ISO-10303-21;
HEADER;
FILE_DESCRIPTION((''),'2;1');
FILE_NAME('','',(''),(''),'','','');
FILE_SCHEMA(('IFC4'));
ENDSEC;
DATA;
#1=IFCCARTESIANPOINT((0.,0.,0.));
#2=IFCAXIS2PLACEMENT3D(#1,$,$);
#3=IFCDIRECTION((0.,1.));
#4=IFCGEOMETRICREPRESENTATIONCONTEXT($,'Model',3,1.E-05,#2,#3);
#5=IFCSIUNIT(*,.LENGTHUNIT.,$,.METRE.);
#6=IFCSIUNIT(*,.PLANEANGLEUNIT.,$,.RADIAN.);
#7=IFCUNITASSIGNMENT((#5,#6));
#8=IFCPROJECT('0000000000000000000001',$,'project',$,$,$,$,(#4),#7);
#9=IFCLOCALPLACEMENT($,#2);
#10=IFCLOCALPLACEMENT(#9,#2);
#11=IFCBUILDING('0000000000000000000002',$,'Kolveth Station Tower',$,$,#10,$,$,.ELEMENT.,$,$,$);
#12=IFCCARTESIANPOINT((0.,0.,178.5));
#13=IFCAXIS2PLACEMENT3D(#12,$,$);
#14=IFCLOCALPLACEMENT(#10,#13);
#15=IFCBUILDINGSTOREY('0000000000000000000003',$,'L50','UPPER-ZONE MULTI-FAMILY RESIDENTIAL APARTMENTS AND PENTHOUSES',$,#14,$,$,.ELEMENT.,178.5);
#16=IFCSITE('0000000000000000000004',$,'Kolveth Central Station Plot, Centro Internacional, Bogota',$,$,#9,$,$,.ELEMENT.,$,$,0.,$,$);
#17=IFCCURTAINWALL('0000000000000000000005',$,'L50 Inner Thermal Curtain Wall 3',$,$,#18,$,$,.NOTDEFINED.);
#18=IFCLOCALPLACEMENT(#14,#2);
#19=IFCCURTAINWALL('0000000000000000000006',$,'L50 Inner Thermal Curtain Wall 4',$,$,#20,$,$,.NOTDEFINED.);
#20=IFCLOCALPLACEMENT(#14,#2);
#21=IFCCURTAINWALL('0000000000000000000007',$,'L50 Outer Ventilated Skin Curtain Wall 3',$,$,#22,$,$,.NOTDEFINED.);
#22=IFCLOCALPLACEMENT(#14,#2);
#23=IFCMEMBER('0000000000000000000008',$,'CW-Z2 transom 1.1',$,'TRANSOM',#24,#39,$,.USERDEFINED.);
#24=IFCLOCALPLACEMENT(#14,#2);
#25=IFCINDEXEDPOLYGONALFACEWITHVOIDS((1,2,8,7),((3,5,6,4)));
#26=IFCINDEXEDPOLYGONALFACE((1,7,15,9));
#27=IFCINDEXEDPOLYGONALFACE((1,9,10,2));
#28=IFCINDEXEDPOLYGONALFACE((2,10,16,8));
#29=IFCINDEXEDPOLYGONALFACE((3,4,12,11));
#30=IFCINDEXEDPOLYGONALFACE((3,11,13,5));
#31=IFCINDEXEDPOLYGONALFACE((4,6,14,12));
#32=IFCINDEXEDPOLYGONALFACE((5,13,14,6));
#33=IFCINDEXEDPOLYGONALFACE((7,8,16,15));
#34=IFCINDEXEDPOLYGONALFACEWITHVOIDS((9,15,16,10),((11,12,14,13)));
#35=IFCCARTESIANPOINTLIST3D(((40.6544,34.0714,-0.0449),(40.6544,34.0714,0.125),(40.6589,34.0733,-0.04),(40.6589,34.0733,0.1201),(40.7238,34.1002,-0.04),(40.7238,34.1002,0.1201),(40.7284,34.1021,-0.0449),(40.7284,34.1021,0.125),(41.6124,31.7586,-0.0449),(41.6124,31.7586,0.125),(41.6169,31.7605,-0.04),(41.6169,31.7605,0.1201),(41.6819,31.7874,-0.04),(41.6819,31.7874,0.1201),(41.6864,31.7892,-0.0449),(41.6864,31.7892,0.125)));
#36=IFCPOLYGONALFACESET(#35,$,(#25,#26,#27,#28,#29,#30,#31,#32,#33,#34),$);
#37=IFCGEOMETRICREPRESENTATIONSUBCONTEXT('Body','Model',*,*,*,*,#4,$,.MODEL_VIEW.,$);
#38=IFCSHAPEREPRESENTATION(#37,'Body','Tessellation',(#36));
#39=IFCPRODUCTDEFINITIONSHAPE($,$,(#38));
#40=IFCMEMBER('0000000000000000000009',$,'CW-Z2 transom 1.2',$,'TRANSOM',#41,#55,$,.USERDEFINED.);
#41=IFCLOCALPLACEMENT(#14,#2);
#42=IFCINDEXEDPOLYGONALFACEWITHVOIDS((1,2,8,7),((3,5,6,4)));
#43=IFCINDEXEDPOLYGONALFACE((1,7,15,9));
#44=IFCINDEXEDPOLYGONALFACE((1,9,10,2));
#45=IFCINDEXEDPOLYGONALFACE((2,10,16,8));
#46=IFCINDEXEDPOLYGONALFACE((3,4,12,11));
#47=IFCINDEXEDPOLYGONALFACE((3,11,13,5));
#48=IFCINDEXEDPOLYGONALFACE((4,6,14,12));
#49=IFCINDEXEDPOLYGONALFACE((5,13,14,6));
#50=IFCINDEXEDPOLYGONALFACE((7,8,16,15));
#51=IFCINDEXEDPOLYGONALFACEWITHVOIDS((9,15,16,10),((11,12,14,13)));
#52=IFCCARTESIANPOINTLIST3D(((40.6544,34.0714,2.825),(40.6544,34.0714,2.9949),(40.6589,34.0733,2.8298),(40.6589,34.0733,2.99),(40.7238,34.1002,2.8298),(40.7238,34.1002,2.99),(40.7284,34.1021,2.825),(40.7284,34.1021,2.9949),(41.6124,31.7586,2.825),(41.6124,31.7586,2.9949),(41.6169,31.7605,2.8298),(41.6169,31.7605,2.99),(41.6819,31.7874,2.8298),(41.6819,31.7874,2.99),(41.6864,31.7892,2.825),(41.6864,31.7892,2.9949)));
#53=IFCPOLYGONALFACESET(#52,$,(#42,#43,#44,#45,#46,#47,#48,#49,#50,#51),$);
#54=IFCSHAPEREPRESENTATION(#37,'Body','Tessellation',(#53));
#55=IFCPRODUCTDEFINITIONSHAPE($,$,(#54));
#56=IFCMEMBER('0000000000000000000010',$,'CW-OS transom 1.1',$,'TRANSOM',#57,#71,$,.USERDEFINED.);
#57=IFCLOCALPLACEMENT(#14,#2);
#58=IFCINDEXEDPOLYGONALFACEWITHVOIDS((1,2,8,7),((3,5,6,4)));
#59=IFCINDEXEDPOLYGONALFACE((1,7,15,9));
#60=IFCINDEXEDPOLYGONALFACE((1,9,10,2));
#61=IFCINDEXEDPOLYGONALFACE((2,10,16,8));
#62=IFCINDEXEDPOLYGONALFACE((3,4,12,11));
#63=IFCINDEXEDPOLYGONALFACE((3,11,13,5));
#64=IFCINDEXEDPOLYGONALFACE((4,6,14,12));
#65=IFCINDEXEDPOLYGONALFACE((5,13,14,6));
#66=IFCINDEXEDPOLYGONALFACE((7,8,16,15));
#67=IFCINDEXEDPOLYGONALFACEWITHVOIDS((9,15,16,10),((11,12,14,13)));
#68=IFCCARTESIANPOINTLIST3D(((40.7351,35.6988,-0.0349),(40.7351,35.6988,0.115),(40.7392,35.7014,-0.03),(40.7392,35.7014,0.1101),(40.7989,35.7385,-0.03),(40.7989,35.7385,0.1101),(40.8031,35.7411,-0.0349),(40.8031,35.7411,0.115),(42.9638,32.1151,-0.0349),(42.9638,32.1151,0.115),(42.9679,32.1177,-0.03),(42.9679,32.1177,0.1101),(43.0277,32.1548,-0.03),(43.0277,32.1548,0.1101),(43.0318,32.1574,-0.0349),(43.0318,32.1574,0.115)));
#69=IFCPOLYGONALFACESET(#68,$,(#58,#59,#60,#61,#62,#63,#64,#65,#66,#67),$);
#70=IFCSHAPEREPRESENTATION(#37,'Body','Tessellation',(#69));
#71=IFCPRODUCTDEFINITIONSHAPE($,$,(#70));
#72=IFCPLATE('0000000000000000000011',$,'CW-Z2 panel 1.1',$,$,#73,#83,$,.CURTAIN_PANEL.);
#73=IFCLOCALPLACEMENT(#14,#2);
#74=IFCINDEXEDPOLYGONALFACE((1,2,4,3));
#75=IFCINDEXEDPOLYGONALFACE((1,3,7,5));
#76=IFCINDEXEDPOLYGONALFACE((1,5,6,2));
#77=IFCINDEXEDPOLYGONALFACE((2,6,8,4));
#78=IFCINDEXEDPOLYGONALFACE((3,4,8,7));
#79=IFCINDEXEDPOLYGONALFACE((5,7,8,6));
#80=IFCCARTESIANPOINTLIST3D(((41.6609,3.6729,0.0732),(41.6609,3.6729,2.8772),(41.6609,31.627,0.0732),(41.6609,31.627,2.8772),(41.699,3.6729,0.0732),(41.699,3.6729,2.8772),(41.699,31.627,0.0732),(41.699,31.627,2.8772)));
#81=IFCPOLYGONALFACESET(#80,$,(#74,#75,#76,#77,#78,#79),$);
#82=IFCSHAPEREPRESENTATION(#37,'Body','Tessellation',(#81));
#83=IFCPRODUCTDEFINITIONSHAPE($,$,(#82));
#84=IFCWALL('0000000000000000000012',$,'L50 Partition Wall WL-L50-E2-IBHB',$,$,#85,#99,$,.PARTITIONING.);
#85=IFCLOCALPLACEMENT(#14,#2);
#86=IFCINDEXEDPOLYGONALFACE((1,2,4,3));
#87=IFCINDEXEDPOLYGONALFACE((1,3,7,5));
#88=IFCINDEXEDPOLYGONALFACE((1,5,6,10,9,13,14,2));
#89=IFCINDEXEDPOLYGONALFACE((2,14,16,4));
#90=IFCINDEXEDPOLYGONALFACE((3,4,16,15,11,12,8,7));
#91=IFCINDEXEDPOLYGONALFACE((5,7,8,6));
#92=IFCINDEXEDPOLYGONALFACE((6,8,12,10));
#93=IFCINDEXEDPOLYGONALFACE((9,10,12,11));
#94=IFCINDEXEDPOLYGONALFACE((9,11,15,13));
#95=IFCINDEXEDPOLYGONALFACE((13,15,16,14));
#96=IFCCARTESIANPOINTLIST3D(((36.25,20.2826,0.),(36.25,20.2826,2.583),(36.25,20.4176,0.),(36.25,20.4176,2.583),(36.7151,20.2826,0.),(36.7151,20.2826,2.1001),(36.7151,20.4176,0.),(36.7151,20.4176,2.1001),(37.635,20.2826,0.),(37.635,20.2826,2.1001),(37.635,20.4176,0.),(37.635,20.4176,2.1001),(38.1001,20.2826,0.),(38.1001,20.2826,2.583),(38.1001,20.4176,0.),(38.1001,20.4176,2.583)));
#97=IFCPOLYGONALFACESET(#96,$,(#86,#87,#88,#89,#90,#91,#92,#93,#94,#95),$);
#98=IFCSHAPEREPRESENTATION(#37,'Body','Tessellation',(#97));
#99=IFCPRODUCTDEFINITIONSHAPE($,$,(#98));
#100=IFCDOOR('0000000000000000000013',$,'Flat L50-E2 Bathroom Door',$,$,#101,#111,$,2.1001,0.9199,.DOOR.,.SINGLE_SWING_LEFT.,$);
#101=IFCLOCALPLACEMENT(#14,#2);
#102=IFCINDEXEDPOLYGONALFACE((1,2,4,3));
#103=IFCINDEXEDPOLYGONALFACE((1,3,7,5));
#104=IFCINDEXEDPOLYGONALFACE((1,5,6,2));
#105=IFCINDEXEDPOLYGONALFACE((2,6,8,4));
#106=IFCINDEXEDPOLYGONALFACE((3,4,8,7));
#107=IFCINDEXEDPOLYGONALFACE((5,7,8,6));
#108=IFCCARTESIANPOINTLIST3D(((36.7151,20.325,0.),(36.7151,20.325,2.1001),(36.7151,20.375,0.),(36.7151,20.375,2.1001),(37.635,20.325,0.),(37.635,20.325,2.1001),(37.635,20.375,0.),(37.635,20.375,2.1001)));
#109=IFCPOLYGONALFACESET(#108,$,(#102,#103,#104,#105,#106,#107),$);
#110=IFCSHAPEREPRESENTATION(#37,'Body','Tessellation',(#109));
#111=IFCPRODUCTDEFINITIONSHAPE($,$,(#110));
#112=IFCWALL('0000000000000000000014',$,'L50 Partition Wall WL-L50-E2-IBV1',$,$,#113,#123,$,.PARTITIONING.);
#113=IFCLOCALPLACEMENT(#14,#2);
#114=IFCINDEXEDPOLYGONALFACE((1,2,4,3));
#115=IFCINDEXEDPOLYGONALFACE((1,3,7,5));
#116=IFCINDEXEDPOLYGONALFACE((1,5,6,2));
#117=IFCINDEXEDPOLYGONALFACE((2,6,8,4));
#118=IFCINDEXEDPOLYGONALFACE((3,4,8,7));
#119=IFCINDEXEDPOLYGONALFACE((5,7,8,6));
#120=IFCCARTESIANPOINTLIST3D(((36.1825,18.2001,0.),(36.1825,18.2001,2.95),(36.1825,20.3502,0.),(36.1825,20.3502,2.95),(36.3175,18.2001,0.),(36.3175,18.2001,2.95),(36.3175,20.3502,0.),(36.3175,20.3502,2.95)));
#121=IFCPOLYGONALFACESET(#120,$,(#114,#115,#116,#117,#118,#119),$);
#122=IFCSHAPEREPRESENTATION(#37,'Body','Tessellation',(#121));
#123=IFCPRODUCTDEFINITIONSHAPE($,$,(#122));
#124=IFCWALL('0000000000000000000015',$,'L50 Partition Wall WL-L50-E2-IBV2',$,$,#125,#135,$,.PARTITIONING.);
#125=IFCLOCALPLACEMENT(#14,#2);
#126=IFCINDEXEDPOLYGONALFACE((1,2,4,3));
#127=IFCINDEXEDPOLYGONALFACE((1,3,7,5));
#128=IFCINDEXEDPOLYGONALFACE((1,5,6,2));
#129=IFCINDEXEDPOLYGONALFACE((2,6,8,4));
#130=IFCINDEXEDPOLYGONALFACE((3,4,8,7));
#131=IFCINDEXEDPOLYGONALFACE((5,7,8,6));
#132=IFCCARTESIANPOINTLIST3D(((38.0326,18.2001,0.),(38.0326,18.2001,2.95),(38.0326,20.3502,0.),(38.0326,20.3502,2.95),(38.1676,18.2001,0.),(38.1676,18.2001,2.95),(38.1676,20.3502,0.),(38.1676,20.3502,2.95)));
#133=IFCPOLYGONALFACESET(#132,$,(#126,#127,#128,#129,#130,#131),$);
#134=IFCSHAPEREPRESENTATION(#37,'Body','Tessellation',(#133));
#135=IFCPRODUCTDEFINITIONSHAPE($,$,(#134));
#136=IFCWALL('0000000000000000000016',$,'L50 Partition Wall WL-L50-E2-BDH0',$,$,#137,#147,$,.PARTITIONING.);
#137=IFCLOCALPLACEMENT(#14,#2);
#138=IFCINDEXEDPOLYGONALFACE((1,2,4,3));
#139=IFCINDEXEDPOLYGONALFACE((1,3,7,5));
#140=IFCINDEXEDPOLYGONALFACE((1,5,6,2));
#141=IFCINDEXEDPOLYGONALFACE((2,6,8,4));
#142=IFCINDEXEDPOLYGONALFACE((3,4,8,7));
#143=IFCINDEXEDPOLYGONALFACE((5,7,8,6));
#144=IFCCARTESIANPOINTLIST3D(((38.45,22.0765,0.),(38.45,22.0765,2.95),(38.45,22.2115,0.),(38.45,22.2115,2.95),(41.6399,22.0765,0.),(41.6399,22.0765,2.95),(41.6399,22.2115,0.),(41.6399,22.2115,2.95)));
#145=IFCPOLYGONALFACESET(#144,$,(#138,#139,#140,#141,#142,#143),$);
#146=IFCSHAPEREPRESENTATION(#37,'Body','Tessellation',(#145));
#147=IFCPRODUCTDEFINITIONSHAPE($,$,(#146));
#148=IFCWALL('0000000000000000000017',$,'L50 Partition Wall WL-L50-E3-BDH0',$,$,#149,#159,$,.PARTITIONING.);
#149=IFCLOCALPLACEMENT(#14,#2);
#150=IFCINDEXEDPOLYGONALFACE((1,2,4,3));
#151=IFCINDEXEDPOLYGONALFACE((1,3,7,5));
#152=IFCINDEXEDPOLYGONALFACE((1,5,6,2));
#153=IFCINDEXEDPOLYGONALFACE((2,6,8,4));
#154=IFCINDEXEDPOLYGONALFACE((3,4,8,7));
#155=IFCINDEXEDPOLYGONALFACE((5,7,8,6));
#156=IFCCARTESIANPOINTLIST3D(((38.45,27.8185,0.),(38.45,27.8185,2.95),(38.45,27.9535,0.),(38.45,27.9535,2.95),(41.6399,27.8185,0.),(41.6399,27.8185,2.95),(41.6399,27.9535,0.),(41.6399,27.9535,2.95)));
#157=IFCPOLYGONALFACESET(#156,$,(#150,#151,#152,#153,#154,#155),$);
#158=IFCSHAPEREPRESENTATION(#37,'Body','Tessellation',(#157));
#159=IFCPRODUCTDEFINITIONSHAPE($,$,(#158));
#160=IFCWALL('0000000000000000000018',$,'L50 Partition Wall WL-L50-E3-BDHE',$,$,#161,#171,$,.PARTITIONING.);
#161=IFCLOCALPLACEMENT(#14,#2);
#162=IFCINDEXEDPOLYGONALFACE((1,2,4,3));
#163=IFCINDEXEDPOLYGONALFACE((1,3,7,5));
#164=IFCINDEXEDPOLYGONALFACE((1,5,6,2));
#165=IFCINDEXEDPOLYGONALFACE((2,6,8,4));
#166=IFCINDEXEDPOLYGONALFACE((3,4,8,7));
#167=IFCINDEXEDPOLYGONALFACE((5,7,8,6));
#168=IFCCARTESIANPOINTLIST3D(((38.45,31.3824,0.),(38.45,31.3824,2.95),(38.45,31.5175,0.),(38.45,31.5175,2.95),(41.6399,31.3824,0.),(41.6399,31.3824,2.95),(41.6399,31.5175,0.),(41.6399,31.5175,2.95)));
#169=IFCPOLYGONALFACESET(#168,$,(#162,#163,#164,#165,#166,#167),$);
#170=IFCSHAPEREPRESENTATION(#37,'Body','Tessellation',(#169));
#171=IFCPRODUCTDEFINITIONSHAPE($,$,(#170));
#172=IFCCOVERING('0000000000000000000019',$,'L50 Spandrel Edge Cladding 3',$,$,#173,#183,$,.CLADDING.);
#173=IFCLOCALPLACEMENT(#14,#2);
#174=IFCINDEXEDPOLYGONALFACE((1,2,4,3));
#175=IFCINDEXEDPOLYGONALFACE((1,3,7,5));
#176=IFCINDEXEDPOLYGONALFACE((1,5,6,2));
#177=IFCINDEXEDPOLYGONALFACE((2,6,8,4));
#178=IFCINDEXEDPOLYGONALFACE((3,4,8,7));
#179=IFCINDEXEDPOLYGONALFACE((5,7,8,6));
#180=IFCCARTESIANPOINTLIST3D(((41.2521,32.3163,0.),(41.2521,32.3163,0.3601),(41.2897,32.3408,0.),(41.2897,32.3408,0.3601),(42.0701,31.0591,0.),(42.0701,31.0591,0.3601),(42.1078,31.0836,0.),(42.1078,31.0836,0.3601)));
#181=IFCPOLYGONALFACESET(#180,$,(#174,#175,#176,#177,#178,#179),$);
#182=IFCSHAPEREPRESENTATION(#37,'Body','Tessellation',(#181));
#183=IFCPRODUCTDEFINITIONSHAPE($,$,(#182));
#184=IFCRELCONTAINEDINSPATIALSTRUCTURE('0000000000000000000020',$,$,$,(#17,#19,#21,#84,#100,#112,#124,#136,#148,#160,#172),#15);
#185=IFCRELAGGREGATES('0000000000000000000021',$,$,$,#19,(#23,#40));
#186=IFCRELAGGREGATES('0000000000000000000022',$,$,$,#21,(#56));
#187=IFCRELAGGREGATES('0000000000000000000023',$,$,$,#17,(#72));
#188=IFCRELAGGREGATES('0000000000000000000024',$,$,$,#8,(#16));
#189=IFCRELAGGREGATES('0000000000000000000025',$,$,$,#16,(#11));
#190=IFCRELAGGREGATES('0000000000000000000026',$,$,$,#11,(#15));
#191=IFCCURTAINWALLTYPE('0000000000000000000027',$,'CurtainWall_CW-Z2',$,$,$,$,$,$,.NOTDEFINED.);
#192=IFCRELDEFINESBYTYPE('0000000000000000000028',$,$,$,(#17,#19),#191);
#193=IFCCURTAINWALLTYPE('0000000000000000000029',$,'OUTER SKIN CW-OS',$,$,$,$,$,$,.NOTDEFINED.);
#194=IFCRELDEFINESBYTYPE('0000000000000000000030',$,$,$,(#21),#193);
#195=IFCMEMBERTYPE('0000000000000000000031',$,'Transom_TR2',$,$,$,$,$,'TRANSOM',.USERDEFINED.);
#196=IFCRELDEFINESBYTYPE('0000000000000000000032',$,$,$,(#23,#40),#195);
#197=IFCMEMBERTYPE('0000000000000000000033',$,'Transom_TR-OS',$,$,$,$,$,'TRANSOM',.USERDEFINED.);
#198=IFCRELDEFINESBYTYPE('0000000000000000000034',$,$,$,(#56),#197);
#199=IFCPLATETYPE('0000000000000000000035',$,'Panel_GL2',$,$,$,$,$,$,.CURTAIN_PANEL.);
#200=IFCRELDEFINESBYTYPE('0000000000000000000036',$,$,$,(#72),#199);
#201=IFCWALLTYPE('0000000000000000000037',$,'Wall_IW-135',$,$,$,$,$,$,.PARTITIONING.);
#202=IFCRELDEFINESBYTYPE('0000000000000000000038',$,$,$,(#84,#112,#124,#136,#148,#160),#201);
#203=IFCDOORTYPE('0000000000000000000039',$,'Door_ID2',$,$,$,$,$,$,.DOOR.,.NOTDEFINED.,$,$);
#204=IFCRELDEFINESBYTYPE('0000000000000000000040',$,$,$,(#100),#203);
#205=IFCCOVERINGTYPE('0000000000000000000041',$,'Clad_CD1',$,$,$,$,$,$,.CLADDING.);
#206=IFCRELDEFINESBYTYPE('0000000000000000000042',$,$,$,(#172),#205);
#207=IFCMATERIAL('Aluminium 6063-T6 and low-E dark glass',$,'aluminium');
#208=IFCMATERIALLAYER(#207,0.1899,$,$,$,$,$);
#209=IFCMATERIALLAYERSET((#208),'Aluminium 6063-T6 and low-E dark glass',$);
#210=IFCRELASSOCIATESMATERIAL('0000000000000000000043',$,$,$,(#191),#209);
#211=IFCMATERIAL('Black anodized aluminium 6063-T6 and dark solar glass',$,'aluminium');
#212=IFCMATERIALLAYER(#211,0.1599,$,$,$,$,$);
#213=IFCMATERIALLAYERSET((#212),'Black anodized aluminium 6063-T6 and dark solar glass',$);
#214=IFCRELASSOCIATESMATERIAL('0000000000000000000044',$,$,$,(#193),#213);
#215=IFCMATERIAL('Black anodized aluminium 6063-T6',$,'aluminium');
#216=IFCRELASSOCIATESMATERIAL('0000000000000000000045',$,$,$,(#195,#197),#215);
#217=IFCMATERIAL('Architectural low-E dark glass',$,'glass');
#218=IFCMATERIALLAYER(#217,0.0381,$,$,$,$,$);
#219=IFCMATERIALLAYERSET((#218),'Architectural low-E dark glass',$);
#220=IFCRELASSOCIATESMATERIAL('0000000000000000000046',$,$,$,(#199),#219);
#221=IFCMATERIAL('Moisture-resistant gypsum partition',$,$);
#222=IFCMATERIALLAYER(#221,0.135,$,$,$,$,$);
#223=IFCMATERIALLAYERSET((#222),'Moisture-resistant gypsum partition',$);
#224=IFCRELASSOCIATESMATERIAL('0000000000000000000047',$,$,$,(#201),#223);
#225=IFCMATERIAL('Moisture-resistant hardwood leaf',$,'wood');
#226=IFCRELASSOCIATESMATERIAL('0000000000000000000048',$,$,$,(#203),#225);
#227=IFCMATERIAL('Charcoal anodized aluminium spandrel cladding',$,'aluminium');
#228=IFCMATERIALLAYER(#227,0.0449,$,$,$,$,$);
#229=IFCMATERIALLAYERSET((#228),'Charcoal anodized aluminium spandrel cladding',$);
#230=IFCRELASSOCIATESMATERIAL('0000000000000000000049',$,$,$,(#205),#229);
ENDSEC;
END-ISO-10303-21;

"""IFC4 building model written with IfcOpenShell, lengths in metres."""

from ifc_helpers import new_model, si_unit, direction, frame, frame_2d, origin, origin_2d, place, context, subcontext, project, spatial, rectangle, hollow_rectangle, extrude, source, transform, mapped, material, layer, layer_set, material_profile, profile_set, type_object, element, fill, aggregate, save


model = new_model("IFC4")

# Units and contexts
model_context = context("Model", 3, precision=1e-05, world=origin(), true_north=direction((0.0, 1.0)))
body_context = subcontext(model_context, "Body", "Model", "MODEL_VIEW")
ifc_project = project(units=[si_unit("LENGTHUNIT", "METRE"), si_unit("PLANEANGLEUNIT", "RADIAN")], contexts=[model_context])

# Site, building, storey
site_placement = place(None, origin())
site = spatial("IfcSite", under=ifc_project, at=site_placement, Name="Kolveth Central Station Plot, Centro Internacional, Bogota", CompositionType="ELEMENT", RefElevation=0.0)
building_placement = place(site_placement, origin())
building = spatial("IfcBuilding", under=site, at=building_placement, Name="Kolveth Station Tower", CompositionType="ELEMENT")
storey_placement = place(building_placement, frame((0.0, 0.0, 178.5)))
storey = spatial("IfcBuildingStorey", under=building, at=storey_placement, Name="L50", Description="UPPER-ZONE MULTI-FAMILY RESIDENTIAL APARTMENTS AND PENTHOUSES", CompositionType="ELEMENT", Elevation=178.5)

# Curtain walls
ifc_material_1 = material(Name="Aluminium 6063-T6 and low-E dark glass", Category="aluminium")
ifc_layer_1 = layer(ifc_material_1, 0.1899)
ifc_layer_set_1 = layer_set([ifc_layer_1], Name="Aluminium 6063-T6 and low-E dark glass")
curtain_wall_type_1 = type_object("IfcCurtainWallType", Name="CurtainWall_CW-Z2", PredefinedType="NOTDEFINED", material=ifc_layer_set_1)
curtain_wall_1_placement = place(storey_placement, origin())
curtain_wall_1 = element("IfcCurtainWall", 1, at=curtain_wall_1_placement, inside=storey, type_object=curtain_wall_type_1, Name="L50 Inner Thermal Curtain Wall 3", PredefinedType="NOTDEFINED")
ifc_material_2 = material(Name="Black anodized aluminium 6063-T6", Category="aluminium")
curtain_wall_2_placement = place(storey_placement, origin())
curtain_wall_2 = element("IfcCurtainWall", 2, at=curtain_wall_2_placement, inside=storey, type_object=curtain_wall_type_1, Name="L50 Inner Thermal Curtain Wall 4", PredefinedType="NOTDEFINED")
ifc_material_3 = material(Name="Black anodized aluminium 6063-T6 and dark solar glass", Category="aluminium")
ifc_layer_2 = layer(ifc_material_3, 0.1599)
ifc_layer_set_2 = layer_set([ifc_layer_2], Name="Black anodized aluminium 6063-T6 and dark solar glass")
curtain_wall_type_2 = type_object("IfcCurtainWallType", Name="OUTER SKIN CW-OS", PredefinedType="NOTDEFINED", material=ifc_layer_set_2)
curtain_wall_3_placement = place(storey_placement, origin())
curtain_wall_3 = element("IfcCurtainWall", 3, at=curtain_wall_3_placement, inside=storey, type_object=curtain_wall_type_2, Name="L50 Outer Ventilated Skin Curtain Wall 3", PredefinedType="NOTDEFINED")

# Members
ifc_material_profile_1 = material_profile(ifc_material_2, hollow_rectangle(XDim=0.0801, YDim=0.1699, WallThickness=0.0049, at=origin_2d()), Name="ALU-80x170x5")
ifc_profile_set_1 = profile_set([ifc_material_profile_1], Name="Black anodized aluminium 6063-T6")
member_type_1 = type_object("IfcMemberType", Name="Transom_TR2", ElementType="TRANSOM", PredefinedType="USERDEFINED", material=ifc_profile_set_1)
shared_shape_1 = source(origin(), body_context, "Body", "SweptSolid", [
    extrude(hollow_rectangle(XDim=0.0801, YDim=0.1699, WallThickness=0.0049, at=origin_2d()), origin(), (0.0, 0.0, 1.0), 2.5034),
])
member_1_placement = place(storey_placement, frame((41.6494, 31.7739, 0.04), z_axis=(-0.382696, 0.923874, 0.0), x_axis=(-0.923874, -0.382696, 0.0)))
member_1 = element("IfcMember", 4, at=member_1_placement, type_object=member_type_1, Name="CW-Z2 transom 1.1", ObjectType="TRANSOM", PredefinedType="USERDEFINED", context=body_context, shape_type="MappedRepresentation", body=[
    mapped(shared_shape_1, transform((0.0, 0.0, 0.0), x_axis=(1.0, 0.0, 0.0), y_axis=(0.0, 1.0, 0.0), z_axis=(0.0, 0.0, 1.0), scale=1.0)),
])
member_2_placement = place(storey_placement, frame((41.6494, 31.7739, 2.9099), z_axis=(-0.382696, 0.923874, 0.0), x_axis=(-0.923874, -0.382696, 0.0)))
member_2 = element("IfcMember", 5, at=member_2_placement, type_object=member_type_1, Name="CW-Z2 transom 1.2", ObjectType="TRANSOM", PredefinedType="USERDEFINED", context=body_context, shape_type="MappedRepresentation", body=[
    mapped(shared_shape_1, transform((0.0, 0.0, 0.0), x_axis=(1.0, 0.0, 0.0), y_axis=(0.0, 1.0, 0.0), z_axis=(0.0, 0.0, 1.0), scale=1.0)),
])
aggregate(curtain_wall_2, [member_1, member_2])
ifc_material_profile_2 = material_profile(ifc_material_2, hollow_rectangle(XDim=0.0801, YDim=0.1499, WallThickness=0.0049, at=origin_2d()), Name="ALU-80x150x5")
ifc_profile_set_2 = profile_set([ifc_material_profile_2], Name="Black anodized aluminium 6063-T6")
member_type_2 = type_object("IfcMemberType", Name="Transom_TR-OS", ElementType="TRANSOM", PredefinedType="USERDEFINED", material=ifc_profile_set_2)
shared_shape_2 = source(origin(), body_context, "Body", "SweptSolid", [
    extrude(hollow_rectangle(XDim=0.0801, YDim=0.1499, WallThickness=0.0049, at=origin_2d()), origin(), (0.0, 0.0, 1.0), 4.2202),
])
member_3_placement = place(storey_placement, frame((42.9978, 32.1362, 0.04), z_axis=(-0.52811, 0.849176, 0.0), x_axis=(-0.849176, -0.52811, 0.0)))
member_3 = element("IfcMember", 6, at=member_3_placement, type_object=member_type_2, Name="CW-OS transom 1.1", ObjectType="TRANSOM", PredefinedType="USERDEFINED", context=body_context, shape_type="MappedRepresentation", body=[
    mapped(shared_shape_2, transform((0.0, 0.0, 0.0), x_axis=(1.0, 0.0, 0.0), y_axis=(0.0, 1.0, 0.0), z_axis=(0.0, 0.0, 1.0), scale=1.0)),
])
aggregate(curtain_wall_3, [member_3])

# Plate
ifc_material_4 = material(Name="Architectural low-E dark glass", Category="glass")
ifc_layer_3 = layer(ifc_material_4, 0.0381)
ifc_layer_set_3 = layer_set([ifc_layer_3], Name="Architectural low-E dark glass")
plate_type = type_object("IfcPlateType", Name="Panel_GL2", PredefinedType="CURTAIN_PANEL", material=ifc_layer_set_3)
shared_shape_3 = source(origin(), body_context, "Body", "SweptSolid", [
    extrude(rectangle(XDim=27.9541, YDim=0.0381, at=origin_2d()), origin(), (0.0, 0.0, 1.0), 2.804),
])
plate_placement = place(storey_placement, frame((41.6799, 17.6499, 0.0732), z_axis=(0.0, 0.0, 1.0), x_axis=(0.0, 1.0, 0.0)))
plate = element("IfcPlate", 7, at=plate_placement, type_object=plate_type, Name="CW-Z2 panel 1.1", PredefinedType="CURTAIN_PANEL", context=body_context, shape_type="MappedRepresentation", body=[
    mapped(shared_shape_3, transform((0.0, 0.0, 0.0), x_axis=(1.0, 0.0, 0.0), y_axis=(0.0, 1.0, 0.0), z_axis=(0.0, 0.0, 1.0), scale=1.0)),
])
aggregate(curtain_wall_1, [plate])

# Wall, opening, door
ifc_material_5 = material(Name="Moisture-resistant gypsum partition")
ifc_layer_4 = layer(ifc_material_5, 0.135)
ifc_layer_set_4 = layer_set([ifc_layer_4], Name="Moisture-resistant gypsum partition")
wall_type = type_object("IfcWallType", Name="Wall_IW-135", PredefinedType="PARTITIONING", material=ifc_layer_set_4)
wall_1_placement = place(storey_placement, frame((36.25, 20.3501, 0.0), z_axis=(0.0, 0.0, 1.0), x_axis=(1.0, 0.0, 0.0)))
wall_1 = element("IfcWall", 8, at=wall_1_placement, inside=storey, type_object=wall_type, Name="L50 Partition Wall WL-L50-E2-IBHB", PredefinedType="PARTITIONING", context=body_context, shape_type="SweptSolid", body=[
    extrude(rectangle(XDim=1.8501, YDim=0.135, at=frame_2d((0.925, 0.0))), origin(), (0.0, 0.0, 1.0), 2.583),
])
opening_1_placement = place(wall_1_placement, frame((0.4651, 0.0, 0.0)))
opening_1 = element("IfcOpeningElement", 9, at=opening_1_placement, cuts=wall_1, PredefinedType="OPENING", context=body_context, shape_type="SweptSolid", body=[
    extrude(rectangle(XDim=0.9199, YDim=2.1001, at=frame_2d((0.46, 1.05))), frame((0.0, 0.0774, 0.0), z_axis=(0.0, -1.0, 0.0), x_axis=(1.0, 0.0, 0.0)), (0.0, 0.0, 1.0), 0.155),
])
ifc_material_6 = material(Name="Moisture-resistant hardwood leaf", Category="wood")
door_type_1 = type_object("IfcDoorType", Name="Door_ID2", OperationType="NOTDEFINED", PredefinedType="DOOR", material=ifc_material_6)
door_1_placement = place(opening_1_placement, origin())
door_1 = element("IfcDoor", 10, at=door_1_placement, inside=storey, type_object=door_type_1, Name="Flat L50-E2 Bathroom Door", OperationType="SINGLE_SWING_LEFT", OverallHeight=2.1001, OverallWidth=0.9199, PredefinedType="DOOR", context=body_context, shape_type="SweptSolid", body=[
    extrude(rectangle(XDim=0.9199, YDim=2.1001, at=frame_2d((0.46, 1.05))), frame((0.0, 0.0249, 0.0), z_axis=(0.0, -1.0, 0.0), x_axis=(1.0, 0.0, 0.0)), (0.0, 0.0, 1.0), 0.05),
])
fill(opening_1, door_1)

# Walls
for number, where, z_axis, x_axis, name in (
    (11, (36.25, 18.2, 0.0), (0.0, 0.0, 1.0), (0.0, 1.0, 0.0), "L50 Partition Wall WL-L50-E2-IBV1"),
    (12, (38.1001, 18.2, 0.0), (0.0, 0.0, 1.0), (0.0, 1.0, 0.0), "L50 Partition Wall WL-L50-E2-IBV2"),
):
    element("IfcWall", number, at=place(storey_placement, frame(where, z_axis=z_axis, x_axis=x_axis)), inside=storey, type_object=wall_type, Name=name, PredefinedType="PARTITIONING", context=body_context, shape_type="SweptSolid", body=[
        extrude(rectangle(XDim=2.1501, YDim=0.135, at=frame_2d((1.0752, 0.0))), origin(), (0.0, 0.0, 1.0), 2.95),
    ])
wall_2_placement = place(storey_placement, frame((38.45, 22.144, 0.0), z_axis=(0.0, 0.0, 1.0), x_axis=(1.0, 0.0, 0.0)))
element("IfcWall", 13, at=wall_2_placement, inside=storey, type_object=wall_type, Name="L50 Partition Wall WL-L50-E2-BDH0", PredefinedType="PARTITIONING", context=body_context, shape_type="SweptSolid", body=[
    extrude(rectangle(XDim=3.1899, YDim=0.135, at=frame_2d((1.595, 0.0))), origin(), (0.0, 0.0, 1.0), 2.95),
])

# Walls
for number, where, z_axis, x_axis, name in (
    (14, (38.45, 27.886, 0.0), (0.0, 0.0, 1.0), (1.0, 0.0, 0.0), "L50 Partition Wall WL-L50-E3-BDH0"),
    (15, (38.45, 31.45, 0.0), (0.0, 0.0, 1.0), (1.0, 0.0, 0.0), "L50 Partition Wall WL-L50-E3-BDHE"),
):
    element("IfcWall", number, at=place(storey_placement, frame(where, z_axis=z_axis, x_axis=x_axis)), inside=storey, type_object=wall_type, Name=name, PredefinedType="PARTITIONING", context=body_context, shape_type="SweptSolid", body=[
        extrude(rectangle(XDim=3.1899, YDim=0.135, at=frame_2d((1.595, 0.0))), origin(), (0.0, 0.0, 1.0), 2.95),
    ])

# Covering
ifc_material_7 = material(Name="Charcoal anodized aluminium spandrel cladding", Category="aluminium")
ifc_layer_5 = layer(ifc_material_7, 0.0449)
ifc_layer_set_5 = layer_set([ifc_layer_5], Name="Charcoal anodized aluminium spandrel cladding")
covering_type = type_object("IfcCoveringType", Name="Clad_CD1", PredefinedType="CLADDING", material=ifc_layer_set_5)
shared_shape_4 = source(origin(), body_context, "Body", "SweptSolid", [
    extrude(rectangle(XDim=1.5, YDim=0.0449, at=origin_2d()), origin(), (0.0, 0.0, 1.0), 0.3601),
])
covering_placement = place(storey_placement, frame((41.6799, 31.7, 0.0), z_axis=(0.0, 0.0, 1.0), x_axis=(-0.545371, 0.838195, 0.0)))
element("IfcCovering", 16, at=covering_placement, inside=storey, type_object=covering_type, Name="L50 Spandrel Edge Cladding 3", PredefinedType="CLADDING", context=body_context, shape_type="MappedRepresentation", body=[
    mapped(shared_shape_4, transform((0.0, 0.0, 0.0), x_axis=(1.0, 0.0, 0.0), y_axis=(0.0, 1.0, 0.0), z_axis=(0.0, 0.0, 1.0), scale=1.0)),
])

save(model, "model.ifc")
